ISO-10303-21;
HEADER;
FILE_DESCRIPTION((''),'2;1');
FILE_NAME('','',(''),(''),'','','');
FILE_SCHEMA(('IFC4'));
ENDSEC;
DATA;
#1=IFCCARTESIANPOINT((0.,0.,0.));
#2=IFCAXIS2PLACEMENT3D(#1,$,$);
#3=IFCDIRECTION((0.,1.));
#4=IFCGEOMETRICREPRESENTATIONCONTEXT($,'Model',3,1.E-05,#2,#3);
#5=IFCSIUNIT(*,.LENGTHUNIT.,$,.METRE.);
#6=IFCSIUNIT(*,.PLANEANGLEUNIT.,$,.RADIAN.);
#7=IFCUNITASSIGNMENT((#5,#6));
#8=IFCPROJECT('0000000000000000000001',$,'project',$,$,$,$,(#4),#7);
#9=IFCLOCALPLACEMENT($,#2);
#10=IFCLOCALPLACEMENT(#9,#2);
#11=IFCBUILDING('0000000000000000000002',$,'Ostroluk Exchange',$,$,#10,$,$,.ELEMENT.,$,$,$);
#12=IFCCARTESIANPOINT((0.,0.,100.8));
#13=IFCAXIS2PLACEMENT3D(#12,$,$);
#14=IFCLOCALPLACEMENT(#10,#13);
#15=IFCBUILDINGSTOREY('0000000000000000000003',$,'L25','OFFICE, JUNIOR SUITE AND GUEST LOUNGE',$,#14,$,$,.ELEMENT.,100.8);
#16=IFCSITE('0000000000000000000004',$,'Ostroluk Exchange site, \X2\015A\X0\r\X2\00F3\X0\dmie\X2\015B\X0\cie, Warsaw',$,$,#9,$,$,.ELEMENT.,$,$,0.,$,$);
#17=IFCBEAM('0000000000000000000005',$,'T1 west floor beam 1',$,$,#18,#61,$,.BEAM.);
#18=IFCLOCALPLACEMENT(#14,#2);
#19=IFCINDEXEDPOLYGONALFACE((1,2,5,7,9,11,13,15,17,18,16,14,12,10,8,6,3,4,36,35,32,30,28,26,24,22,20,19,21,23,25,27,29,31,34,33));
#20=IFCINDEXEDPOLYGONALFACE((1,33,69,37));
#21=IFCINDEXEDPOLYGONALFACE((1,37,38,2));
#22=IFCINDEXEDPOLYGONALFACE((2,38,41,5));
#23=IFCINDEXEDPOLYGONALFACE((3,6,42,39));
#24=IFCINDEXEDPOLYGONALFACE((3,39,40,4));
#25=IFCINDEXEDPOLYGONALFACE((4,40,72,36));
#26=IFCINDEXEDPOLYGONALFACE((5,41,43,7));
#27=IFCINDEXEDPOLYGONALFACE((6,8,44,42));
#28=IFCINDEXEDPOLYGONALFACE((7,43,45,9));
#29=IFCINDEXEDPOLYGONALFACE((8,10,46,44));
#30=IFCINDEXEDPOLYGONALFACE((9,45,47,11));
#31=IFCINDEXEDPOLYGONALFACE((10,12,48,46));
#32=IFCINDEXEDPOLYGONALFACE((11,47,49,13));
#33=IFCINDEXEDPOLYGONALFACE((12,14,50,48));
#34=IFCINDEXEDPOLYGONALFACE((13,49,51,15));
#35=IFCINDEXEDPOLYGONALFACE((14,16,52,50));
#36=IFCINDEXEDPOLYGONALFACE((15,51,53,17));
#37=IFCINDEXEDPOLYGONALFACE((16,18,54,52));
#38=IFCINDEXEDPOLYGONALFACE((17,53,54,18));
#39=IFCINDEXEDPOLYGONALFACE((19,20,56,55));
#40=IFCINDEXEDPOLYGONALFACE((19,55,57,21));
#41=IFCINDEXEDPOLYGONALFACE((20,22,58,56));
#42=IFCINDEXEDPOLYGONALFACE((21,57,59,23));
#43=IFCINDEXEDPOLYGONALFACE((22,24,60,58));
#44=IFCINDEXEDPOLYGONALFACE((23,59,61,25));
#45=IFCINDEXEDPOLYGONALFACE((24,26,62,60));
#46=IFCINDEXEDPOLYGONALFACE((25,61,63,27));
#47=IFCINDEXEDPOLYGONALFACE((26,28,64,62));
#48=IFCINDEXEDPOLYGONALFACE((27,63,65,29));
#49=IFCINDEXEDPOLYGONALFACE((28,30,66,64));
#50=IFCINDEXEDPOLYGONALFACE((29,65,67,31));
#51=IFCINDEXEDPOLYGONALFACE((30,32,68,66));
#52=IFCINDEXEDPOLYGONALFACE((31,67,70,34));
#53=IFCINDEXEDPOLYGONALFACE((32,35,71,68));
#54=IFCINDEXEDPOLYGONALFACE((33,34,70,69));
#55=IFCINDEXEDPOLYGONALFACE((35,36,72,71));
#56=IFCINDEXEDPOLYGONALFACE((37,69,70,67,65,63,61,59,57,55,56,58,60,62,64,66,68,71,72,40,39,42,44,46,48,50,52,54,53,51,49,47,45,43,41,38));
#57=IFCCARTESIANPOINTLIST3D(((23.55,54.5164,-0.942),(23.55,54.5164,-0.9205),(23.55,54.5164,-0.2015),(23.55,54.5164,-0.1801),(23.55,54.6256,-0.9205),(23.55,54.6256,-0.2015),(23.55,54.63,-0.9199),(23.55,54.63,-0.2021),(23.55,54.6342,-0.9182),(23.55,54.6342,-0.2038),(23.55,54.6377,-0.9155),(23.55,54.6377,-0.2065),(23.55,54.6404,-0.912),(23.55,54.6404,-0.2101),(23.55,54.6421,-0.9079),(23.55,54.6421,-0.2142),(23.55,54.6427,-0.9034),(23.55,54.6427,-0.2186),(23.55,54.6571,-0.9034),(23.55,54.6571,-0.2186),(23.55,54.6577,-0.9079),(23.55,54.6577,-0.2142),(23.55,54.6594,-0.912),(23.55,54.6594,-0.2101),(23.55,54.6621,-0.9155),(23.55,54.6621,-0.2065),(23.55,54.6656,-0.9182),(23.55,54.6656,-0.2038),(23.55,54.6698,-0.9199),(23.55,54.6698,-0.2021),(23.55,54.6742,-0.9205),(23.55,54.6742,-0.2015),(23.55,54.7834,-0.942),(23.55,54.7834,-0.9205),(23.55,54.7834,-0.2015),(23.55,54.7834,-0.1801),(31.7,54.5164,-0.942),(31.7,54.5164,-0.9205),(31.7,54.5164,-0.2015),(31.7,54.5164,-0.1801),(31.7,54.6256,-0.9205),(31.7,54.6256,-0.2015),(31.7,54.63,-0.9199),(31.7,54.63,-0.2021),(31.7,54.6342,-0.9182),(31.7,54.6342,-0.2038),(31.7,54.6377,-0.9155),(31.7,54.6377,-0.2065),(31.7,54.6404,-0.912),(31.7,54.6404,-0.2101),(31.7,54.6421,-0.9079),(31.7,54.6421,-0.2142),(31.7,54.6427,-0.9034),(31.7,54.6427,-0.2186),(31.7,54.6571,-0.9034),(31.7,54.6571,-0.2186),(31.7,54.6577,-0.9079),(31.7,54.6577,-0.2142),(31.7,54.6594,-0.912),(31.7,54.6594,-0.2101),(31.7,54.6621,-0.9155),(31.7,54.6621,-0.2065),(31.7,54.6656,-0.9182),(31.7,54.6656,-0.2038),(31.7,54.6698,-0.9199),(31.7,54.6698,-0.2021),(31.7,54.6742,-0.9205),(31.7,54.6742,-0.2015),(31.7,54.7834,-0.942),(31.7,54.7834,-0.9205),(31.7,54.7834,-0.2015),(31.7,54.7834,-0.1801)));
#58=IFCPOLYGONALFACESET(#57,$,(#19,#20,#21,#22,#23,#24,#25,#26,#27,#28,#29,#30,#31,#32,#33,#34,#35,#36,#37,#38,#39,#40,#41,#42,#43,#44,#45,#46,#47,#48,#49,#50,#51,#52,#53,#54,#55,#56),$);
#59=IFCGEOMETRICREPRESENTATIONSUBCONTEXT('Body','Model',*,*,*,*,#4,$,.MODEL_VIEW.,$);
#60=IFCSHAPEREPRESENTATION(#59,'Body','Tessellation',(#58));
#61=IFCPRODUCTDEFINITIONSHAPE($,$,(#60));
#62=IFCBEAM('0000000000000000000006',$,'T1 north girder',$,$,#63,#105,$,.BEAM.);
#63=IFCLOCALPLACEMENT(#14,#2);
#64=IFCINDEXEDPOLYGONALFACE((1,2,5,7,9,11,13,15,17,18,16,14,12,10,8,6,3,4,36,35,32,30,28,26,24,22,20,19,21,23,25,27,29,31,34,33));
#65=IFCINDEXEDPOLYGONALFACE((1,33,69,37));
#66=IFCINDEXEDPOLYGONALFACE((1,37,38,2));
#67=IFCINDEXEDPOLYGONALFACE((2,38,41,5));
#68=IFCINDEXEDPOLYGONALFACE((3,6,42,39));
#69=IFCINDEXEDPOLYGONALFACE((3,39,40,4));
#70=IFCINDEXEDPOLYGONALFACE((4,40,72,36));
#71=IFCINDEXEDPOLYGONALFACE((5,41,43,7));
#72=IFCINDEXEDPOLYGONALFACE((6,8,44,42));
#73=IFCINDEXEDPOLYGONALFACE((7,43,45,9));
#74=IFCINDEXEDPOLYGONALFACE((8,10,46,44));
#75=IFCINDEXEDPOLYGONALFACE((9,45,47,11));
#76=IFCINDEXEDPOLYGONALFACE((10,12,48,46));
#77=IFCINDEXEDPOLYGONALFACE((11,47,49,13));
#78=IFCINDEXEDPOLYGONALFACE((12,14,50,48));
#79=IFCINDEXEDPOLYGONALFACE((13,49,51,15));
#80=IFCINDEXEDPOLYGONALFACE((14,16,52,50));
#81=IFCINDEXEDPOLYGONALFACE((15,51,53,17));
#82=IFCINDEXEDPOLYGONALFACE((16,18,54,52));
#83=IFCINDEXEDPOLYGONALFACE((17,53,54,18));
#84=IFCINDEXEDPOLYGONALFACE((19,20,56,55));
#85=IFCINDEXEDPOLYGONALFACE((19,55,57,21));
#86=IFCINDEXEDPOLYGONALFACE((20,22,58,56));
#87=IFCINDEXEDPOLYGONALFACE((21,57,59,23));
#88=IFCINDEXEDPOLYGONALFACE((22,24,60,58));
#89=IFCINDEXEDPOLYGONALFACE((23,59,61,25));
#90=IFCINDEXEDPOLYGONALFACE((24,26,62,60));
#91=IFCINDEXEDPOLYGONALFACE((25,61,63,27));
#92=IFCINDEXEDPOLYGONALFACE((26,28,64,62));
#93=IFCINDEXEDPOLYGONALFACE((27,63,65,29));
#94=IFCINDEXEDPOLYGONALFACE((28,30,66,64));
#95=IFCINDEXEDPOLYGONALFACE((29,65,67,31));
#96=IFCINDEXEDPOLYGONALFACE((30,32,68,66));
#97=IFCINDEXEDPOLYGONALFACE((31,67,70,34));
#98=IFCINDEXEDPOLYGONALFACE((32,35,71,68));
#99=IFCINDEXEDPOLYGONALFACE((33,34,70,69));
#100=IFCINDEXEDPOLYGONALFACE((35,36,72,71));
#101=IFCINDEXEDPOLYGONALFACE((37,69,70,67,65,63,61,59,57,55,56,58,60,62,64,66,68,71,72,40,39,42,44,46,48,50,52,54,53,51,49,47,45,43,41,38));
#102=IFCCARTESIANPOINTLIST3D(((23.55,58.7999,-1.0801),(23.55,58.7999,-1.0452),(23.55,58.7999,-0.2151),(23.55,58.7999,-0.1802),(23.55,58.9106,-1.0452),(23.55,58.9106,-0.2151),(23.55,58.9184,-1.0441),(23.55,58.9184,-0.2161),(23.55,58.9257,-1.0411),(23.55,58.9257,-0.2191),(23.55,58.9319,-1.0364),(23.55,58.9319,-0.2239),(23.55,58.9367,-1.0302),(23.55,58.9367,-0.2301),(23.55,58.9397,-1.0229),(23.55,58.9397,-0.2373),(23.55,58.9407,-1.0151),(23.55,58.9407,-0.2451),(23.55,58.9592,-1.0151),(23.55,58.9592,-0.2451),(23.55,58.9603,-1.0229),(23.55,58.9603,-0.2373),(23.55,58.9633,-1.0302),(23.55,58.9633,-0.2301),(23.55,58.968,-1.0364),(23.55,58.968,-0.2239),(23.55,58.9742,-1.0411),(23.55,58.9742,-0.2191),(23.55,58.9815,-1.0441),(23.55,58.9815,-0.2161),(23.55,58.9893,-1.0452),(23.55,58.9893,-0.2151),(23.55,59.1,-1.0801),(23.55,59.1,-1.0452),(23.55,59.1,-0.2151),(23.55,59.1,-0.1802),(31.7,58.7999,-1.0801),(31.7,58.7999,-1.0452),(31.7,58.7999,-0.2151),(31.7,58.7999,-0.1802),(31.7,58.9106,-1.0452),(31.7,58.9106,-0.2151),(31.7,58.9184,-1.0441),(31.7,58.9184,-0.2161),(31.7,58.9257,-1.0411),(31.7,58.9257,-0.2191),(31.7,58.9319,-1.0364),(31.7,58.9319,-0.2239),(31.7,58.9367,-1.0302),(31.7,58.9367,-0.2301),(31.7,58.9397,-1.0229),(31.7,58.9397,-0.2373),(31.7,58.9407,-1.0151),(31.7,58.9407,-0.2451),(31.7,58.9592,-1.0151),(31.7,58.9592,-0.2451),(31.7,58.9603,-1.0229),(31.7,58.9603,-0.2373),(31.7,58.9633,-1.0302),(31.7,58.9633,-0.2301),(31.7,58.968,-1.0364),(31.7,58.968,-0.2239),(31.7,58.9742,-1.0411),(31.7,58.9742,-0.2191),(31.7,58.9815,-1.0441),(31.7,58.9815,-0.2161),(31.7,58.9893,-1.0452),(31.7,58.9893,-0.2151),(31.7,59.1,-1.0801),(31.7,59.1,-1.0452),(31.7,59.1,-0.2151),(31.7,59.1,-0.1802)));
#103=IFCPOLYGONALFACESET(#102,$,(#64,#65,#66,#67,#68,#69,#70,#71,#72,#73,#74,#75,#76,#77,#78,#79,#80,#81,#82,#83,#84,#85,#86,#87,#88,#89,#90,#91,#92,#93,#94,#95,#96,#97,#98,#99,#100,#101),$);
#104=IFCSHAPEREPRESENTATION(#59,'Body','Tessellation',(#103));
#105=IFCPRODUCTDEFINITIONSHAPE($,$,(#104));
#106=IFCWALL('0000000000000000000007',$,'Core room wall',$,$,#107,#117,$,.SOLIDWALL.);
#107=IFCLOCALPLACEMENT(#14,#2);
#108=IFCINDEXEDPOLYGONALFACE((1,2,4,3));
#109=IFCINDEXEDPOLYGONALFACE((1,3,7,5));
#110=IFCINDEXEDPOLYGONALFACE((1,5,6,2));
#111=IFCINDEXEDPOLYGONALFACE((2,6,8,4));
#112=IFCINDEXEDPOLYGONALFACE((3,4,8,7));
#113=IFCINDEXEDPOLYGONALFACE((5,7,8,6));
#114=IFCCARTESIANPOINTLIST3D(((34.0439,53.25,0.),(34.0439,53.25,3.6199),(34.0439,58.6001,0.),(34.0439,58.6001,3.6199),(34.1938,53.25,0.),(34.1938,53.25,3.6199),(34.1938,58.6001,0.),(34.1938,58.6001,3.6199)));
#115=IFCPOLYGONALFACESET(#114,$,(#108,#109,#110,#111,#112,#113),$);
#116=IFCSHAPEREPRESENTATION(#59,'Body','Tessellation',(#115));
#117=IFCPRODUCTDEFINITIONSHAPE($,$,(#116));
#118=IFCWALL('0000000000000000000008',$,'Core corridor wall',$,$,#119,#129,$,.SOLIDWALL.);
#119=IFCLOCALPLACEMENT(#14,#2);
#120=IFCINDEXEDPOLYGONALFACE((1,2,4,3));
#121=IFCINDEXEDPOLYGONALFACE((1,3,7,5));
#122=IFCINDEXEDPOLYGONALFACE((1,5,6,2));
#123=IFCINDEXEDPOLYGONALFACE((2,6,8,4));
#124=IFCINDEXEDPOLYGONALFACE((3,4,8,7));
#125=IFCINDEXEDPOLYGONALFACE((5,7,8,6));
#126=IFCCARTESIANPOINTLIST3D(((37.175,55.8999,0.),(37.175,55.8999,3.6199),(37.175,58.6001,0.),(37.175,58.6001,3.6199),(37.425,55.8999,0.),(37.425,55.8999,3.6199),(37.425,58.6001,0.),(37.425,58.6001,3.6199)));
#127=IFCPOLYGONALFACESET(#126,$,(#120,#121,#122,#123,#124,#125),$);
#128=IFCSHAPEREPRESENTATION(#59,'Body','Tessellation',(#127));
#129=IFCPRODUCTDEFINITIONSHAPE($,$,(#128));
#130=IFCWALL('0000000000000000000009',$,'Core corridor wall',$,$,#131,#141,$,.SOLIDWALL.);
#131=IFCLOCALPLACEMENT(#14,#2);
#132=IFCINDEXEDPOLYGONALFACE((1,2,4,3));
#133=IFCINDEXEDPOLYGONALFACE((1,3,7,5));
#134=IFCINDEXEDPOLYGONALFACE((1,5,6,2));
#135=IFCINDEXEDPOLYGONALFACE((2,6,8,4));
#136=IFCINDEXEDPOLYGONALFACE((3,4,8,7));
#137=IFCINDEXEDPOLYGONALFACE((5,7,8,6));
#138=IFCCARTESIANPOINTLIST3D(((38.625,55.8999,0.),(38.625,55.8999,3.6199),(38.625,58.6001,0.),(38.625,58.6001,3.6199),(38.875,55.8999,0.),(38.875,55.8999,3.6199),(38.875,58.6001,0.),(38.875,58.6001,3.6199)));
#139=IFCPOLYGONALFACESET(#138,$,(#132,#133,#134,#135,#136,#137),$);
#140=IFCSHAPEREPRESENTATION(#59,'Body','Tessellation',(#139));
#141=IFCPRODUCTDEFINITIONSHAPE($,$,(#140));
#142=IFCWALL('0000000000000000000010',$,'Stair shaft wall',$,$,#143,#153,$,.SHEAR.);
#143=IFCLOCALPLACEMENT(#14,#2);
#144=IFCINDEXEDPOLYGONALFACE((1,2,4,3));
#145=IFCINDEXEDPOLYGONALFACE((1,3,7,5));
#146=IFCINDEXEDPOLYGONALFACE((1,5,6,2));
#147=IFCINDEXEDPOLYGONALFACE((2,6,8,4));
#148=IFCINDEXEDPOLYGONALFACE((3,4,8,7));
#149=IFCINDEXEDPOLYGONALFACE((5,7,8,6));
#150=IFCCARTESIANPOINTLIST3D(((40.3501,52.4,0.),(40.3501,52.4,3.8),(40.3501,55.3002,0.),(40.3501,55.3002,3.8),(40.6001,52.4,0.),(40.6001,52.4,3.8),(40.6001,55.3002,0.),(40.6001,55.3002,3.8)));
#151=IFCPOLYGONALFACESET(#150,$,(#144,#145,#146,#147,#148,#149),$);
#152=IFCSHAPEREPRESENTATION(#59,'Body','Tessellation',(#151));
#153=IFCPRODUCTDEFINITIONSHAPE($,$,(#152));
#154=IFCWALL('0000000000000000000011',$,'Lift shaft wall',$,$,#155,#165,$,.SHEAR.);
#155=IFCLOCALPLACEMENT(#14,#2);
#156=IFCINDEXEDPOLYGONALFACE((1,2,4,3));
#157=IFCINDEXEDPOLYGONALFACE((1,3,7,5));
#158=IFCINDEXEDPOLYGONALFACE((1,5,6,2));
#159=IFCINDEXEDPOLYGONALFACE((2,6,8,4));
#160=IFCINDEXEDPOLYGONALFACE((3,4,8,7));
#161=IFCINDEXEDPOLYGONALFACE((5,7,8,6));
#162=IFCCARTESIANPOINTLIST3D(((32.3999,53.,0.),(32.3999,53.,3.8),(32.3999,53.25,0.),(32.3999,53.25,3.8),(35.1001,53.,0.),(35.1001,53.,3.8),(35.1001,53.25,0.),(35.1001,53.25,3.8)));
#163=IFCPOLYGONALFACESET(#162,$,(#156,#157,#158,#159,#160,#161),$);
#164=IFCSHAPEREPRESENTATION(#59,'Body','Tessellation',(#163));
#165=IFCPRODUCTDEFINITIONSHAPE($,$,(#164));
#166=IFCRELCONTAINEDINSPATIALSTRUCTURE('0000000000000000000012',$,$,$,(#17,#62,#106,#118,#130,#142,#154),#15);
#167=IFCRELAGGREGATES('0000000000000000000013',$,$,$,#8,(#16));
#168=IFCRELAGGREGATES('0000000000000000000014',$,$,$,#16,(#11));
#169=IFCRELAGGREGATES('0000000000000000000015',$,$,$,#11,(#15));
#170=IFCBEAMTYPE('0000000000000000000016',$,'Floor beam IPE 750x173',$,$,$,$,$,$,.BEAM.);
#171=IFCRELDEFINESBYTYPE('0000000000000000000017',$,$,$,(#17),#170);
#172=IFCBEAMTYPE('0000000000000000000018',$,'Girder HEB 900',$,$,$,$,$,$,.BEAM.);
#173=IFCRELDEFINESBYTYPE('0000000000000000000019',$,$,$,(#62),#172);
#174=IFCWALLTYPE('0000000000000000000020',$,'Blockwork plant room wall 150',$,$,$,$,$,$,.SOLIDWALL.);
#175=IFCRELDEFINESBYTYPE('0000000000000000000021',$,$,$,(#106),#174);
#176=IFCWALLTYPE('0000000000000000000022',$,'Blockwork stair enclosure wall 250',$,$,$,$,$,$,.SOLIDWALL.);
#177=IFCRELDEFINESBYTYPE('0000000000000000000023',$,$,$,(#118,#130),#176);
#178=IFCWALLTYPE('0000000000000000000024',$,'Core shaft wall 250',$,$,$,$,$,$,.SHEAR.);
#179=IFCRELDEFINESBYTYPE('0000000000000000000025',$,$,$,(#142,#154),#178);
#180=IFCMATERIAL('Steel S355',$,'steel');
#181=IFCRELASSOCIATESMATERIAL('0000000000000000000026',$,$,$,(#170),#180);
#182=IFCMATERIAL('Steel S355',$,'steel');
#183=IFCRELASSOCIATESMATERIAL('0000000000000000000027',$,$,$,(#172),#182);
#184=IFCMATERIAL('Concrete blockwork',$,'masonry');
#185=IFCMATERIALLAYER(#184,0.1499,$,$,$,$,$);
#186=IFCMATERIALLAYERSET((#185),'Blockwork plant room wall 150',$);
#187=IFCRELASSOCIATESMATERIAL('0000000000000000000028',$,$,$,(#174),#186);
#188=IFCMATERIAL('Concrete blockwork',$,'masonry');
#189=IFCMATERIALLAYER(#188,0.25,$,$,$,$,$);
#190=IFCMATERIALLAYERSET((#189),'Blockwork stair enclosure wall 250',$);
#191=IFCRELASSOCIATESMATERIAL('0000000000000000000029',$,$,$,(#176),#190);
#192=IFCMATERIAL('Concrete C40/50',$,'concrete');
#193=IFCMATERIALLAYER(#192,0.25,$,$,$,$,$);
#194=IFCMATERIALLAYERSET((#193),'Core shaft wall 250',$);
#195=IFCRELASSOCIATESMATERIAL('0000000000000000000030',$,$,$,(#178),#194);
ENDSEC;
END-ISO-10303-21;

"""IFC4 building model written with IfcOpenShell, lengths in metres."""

from ifc_helpers import new_model, si_unit, direction, frame, frame_2d, origin, origin_2d, place, context, subcontext, project, spatial, rectangle, i_section, extrude, material, layer, layer_set, material_profile, profile_set, type_object, element, save


model = new_model("IFC4")

# Units and contexts
model_context = context("Model", 3, precision=1e-05, world=origin(), true_north=direction((0.0, 1.0)))
body_context = subcontext(model_context, "Body", "Model", "MODEL_VIEW")
ifc_project = project(units=[si_unit("LENGTHUNIT", "METRE"), si_unit("PLANEANGLEUNIT", "RADIAN")], contexts=[model_context])

# Site, building, storey
site_placement = place(None, origin())
site = spatial("IfcSite", under=ifc_project, at=site_placement, Name="Ostroluk Exchange site, Śródmieście, Warsaw", CompositionType="ELEMENT", RefElevation=0.0)
building_placement = place(site_placement, origin())
building = spatial("IfcBuilding", under=site, at=building_placement, Name="Ostroluk Exchange", CompositionType="ELEMENT")
storey_placement = place(building_placement, frame((0.0, 0.0, 100.8)))
storey = spatial("IfcBuildingStorey", under=building, at=storey_placement, Name="L25", Description="OFFICE, JUNIOR SUITE AND GUEST LOUNGE", CompositionType="ELEMENT", Elevation=100.8)

# Beams
ifc_material_1 = material(Name="Steel S355", Category="steel")
ifc_material_profile_1 = material_profile(ifc_material_1, i_section(OverallWidth=0.2671, OverallDepth=0.762, WebThickness=0.0144, FlangeThickness=0.0215, FilletRadius=0.0171, at=origin_2d()), Name="IPE 750x173")
ifc_profile_set_1 = profile_set([ifc_material_profile_1], Name="Steel S355")
beam_type_1 = type_object("IfcBeamType", Name="Floor beam IPE 750x173", PredefinedType="BEAM", material=ifc_profile_set_1)
beam_1_placement = place(storey_placement, frame((31.7, 54.6499, -0.561), z_axis=(-1.0, 0.0, 0.0), x_axis=(0.0, -1.0, 0.0)))
element("IfcBeam", 1, at=beam_1_placement, inside=storey, type_object=beam_type_1, Name="T1 west floor beam 1", PredefinedType="BEAM", context=body_context, shape_type="SweptSolid", body=[
    extrude(i_section(OverallWidth=0.2671, OverallDepth=0.762, WebThickness=0.0144, FlangeThickness=0.0215, FilletRadius=0.0171, at=origin_2d()), origin(), (0.0, 0.0, 1.0), 8.1499),
])
ifc_material_2 = material(Name="Steel S355", Category="steel")
ifc_material_profile_2 = material_profile(ifc_material_2, i_section(OverallWidth=0.3, OverallDepth=0.8999, WebThickness=0.0186, FlangeThickness=0.0349, FilletRadius=0.03, at=origin_2d()), Name="HEB 900")
ifc_profile_set_2 = profile_set([ifc_material_profile_2], Name="Steel S355")
beam_type_2 = type_object("IfcBeamType", Name="Girder HEB 900", PredefinedType="BEAM", material=ifc_profile_set_2)
beam_2_placement = place(storey_placement, frame((31.7, 58.95, -0.6301), z_axis=(-1.0, 0.0, 0.0), x_axis=(0.0, -1.0, 0.0)))
element("IfcBeam", 2, at=beam_2_placement, inside=storey, type_object=beam_type_2, Name="T1 north girder", PredefinedType="BEAM", context=body_context, shape_type="SweptSolid", body=[
    extrude(i_section(OverallWidth=0.3, OverallDepth=0.8999, WebThickness=0.0186, FlangeThickness=0.0349, FilletRadius=0.03, at=origin_2d()), origin(), (0.0, 0.0, 1.0), 8.1499),
])

# Walls
ifc_material_3 = material(Name="Concrete blockwork", Category="masonry")
ifc_layer_1 = layer(ifc_material_3, 0.1499)
ifc_layer_set_1 = layer_set([ifc_layer_1], Name="Blockwork plant room wall 150")
wall_type_1 = type_object("IfcWallType", Name="Blockwork plant room wall 150", PredefinedType="SOLIDWALL", material=ifc_layer_set_1)
wall_1_placement = place(storey_placement, frame((34.1189, 53.25, 0.0), z_axis=(0.0, 0.0, 1.0), x_axis=(0.0, 1.0, 0.0)))
element("IfcWall", 3, at=wall_1_placement, inside=storey, type_object=wall_type_1, Name="Core room wall", PredefinedType="SOLIDWALL", context=body_context, shape_type="SweptSolid", body=[
    extrude(rectangle(XDim=5.3501, YDim=0.1499, at=frame_2d((2.675, 0.0))), origin(), (0.0, 0.0, 1.0), 3.6199),
])
ifc_material_4 = material(Name="Concrete blockwork", Category="masonry")
ifc_layer_2 = layer(ifc_material_4, 0.25)
ifc_layer_set_2 = layer_set([ifc_layer_2], Name="Blockwork stair enclosure wall 250")
wall_type_2 = type_object("IfcWallType", Name="Blockwork stair enclosure wall 250", PredefinedType="SOLIDWALL", material=ifc_layer_set_2)
for number, where, z_axis, x_axis, name in (
    (4, (37.3, 55.8999, 0.0), (0.0, 0.0, 1.0), (0.0, 1.0, 0.0), "Core corridor wall"),
    (5, (38.75, 55.8999, 0.0), (0.0, 0.0, 1.0), (0.0, 1.0, 0.0), "Core corridor wall"),
):
    element("IfcWall", number, at=place(storey_placement, frame(where, z_axis=z_axis, x_axis=x_axis)), inside=storey, type_object=wall_type_2, Name=name, PredefinedType="SOLIDWALL", context=body_context, shape_type="SweptSolid", body=[
        extrude(rectangle(XDim=2.7002, YDim=0.25, at=frame_2d((1.3501, 0.0))), origin(), (0.0, 0.0, 1.0), 3.6199),
    ])
ifc_material_5 = material(Name="Concrete C40/50", Category="concrete")
ifc_layer_3 = layer(ifc_material_5, 0.25)
ifc_layer_set_3 = layer_set([ifc_layer_3], Name="Core shaft wall 250")
wall_type_3 = type_object("IfcWallType", Name="Core shaft wall 250", PredefinedType="SHEAR", material=ifc_layer_set_3)
wall_2_placement = place(storey_placement, frame((40.4751, 52.3999, 0.0), z_axis=(0.0, 0.0, 1.0), x_axis=(0.0, 1.0, 0.0)))
element("IfcWall", 6, at=wall_2_placement, inside=storey, type_object=wall_type_3, Name="Stair shaft wall", PredefinedType="SHEAR", context=body_context, shape_type="SweptSolid", body=[
    extrude(rectangle(XDim=2.9001, YDim=0.25, at=frame_2d((1.4502, 0.0))), origin(), (0.0, 0.0, 1.0), 3.8),
])
wall_3_placement = place(storey_placement, frame((32.3999, 53.125, 0.0), z_axis=(0.0, 0.0, 1.0), x_axis=(1.0, 0.0, 0.0)))
element("IfcWall", 7, at=wall_3_placement, inside=storey, type_object=wall_type_3, Name="Lift shaft wall", PredefinedType="SHEAR", context=body_context, shape_type="SweptSolid", body=[
    extrude(rectangle(XDim=2.7002, YDim=0.25, at=frame_2d((1.3501, 0.0))), origin(), (0.0, 0.0, 1.0), 3.8),
])

save(model, "model.ifc")
